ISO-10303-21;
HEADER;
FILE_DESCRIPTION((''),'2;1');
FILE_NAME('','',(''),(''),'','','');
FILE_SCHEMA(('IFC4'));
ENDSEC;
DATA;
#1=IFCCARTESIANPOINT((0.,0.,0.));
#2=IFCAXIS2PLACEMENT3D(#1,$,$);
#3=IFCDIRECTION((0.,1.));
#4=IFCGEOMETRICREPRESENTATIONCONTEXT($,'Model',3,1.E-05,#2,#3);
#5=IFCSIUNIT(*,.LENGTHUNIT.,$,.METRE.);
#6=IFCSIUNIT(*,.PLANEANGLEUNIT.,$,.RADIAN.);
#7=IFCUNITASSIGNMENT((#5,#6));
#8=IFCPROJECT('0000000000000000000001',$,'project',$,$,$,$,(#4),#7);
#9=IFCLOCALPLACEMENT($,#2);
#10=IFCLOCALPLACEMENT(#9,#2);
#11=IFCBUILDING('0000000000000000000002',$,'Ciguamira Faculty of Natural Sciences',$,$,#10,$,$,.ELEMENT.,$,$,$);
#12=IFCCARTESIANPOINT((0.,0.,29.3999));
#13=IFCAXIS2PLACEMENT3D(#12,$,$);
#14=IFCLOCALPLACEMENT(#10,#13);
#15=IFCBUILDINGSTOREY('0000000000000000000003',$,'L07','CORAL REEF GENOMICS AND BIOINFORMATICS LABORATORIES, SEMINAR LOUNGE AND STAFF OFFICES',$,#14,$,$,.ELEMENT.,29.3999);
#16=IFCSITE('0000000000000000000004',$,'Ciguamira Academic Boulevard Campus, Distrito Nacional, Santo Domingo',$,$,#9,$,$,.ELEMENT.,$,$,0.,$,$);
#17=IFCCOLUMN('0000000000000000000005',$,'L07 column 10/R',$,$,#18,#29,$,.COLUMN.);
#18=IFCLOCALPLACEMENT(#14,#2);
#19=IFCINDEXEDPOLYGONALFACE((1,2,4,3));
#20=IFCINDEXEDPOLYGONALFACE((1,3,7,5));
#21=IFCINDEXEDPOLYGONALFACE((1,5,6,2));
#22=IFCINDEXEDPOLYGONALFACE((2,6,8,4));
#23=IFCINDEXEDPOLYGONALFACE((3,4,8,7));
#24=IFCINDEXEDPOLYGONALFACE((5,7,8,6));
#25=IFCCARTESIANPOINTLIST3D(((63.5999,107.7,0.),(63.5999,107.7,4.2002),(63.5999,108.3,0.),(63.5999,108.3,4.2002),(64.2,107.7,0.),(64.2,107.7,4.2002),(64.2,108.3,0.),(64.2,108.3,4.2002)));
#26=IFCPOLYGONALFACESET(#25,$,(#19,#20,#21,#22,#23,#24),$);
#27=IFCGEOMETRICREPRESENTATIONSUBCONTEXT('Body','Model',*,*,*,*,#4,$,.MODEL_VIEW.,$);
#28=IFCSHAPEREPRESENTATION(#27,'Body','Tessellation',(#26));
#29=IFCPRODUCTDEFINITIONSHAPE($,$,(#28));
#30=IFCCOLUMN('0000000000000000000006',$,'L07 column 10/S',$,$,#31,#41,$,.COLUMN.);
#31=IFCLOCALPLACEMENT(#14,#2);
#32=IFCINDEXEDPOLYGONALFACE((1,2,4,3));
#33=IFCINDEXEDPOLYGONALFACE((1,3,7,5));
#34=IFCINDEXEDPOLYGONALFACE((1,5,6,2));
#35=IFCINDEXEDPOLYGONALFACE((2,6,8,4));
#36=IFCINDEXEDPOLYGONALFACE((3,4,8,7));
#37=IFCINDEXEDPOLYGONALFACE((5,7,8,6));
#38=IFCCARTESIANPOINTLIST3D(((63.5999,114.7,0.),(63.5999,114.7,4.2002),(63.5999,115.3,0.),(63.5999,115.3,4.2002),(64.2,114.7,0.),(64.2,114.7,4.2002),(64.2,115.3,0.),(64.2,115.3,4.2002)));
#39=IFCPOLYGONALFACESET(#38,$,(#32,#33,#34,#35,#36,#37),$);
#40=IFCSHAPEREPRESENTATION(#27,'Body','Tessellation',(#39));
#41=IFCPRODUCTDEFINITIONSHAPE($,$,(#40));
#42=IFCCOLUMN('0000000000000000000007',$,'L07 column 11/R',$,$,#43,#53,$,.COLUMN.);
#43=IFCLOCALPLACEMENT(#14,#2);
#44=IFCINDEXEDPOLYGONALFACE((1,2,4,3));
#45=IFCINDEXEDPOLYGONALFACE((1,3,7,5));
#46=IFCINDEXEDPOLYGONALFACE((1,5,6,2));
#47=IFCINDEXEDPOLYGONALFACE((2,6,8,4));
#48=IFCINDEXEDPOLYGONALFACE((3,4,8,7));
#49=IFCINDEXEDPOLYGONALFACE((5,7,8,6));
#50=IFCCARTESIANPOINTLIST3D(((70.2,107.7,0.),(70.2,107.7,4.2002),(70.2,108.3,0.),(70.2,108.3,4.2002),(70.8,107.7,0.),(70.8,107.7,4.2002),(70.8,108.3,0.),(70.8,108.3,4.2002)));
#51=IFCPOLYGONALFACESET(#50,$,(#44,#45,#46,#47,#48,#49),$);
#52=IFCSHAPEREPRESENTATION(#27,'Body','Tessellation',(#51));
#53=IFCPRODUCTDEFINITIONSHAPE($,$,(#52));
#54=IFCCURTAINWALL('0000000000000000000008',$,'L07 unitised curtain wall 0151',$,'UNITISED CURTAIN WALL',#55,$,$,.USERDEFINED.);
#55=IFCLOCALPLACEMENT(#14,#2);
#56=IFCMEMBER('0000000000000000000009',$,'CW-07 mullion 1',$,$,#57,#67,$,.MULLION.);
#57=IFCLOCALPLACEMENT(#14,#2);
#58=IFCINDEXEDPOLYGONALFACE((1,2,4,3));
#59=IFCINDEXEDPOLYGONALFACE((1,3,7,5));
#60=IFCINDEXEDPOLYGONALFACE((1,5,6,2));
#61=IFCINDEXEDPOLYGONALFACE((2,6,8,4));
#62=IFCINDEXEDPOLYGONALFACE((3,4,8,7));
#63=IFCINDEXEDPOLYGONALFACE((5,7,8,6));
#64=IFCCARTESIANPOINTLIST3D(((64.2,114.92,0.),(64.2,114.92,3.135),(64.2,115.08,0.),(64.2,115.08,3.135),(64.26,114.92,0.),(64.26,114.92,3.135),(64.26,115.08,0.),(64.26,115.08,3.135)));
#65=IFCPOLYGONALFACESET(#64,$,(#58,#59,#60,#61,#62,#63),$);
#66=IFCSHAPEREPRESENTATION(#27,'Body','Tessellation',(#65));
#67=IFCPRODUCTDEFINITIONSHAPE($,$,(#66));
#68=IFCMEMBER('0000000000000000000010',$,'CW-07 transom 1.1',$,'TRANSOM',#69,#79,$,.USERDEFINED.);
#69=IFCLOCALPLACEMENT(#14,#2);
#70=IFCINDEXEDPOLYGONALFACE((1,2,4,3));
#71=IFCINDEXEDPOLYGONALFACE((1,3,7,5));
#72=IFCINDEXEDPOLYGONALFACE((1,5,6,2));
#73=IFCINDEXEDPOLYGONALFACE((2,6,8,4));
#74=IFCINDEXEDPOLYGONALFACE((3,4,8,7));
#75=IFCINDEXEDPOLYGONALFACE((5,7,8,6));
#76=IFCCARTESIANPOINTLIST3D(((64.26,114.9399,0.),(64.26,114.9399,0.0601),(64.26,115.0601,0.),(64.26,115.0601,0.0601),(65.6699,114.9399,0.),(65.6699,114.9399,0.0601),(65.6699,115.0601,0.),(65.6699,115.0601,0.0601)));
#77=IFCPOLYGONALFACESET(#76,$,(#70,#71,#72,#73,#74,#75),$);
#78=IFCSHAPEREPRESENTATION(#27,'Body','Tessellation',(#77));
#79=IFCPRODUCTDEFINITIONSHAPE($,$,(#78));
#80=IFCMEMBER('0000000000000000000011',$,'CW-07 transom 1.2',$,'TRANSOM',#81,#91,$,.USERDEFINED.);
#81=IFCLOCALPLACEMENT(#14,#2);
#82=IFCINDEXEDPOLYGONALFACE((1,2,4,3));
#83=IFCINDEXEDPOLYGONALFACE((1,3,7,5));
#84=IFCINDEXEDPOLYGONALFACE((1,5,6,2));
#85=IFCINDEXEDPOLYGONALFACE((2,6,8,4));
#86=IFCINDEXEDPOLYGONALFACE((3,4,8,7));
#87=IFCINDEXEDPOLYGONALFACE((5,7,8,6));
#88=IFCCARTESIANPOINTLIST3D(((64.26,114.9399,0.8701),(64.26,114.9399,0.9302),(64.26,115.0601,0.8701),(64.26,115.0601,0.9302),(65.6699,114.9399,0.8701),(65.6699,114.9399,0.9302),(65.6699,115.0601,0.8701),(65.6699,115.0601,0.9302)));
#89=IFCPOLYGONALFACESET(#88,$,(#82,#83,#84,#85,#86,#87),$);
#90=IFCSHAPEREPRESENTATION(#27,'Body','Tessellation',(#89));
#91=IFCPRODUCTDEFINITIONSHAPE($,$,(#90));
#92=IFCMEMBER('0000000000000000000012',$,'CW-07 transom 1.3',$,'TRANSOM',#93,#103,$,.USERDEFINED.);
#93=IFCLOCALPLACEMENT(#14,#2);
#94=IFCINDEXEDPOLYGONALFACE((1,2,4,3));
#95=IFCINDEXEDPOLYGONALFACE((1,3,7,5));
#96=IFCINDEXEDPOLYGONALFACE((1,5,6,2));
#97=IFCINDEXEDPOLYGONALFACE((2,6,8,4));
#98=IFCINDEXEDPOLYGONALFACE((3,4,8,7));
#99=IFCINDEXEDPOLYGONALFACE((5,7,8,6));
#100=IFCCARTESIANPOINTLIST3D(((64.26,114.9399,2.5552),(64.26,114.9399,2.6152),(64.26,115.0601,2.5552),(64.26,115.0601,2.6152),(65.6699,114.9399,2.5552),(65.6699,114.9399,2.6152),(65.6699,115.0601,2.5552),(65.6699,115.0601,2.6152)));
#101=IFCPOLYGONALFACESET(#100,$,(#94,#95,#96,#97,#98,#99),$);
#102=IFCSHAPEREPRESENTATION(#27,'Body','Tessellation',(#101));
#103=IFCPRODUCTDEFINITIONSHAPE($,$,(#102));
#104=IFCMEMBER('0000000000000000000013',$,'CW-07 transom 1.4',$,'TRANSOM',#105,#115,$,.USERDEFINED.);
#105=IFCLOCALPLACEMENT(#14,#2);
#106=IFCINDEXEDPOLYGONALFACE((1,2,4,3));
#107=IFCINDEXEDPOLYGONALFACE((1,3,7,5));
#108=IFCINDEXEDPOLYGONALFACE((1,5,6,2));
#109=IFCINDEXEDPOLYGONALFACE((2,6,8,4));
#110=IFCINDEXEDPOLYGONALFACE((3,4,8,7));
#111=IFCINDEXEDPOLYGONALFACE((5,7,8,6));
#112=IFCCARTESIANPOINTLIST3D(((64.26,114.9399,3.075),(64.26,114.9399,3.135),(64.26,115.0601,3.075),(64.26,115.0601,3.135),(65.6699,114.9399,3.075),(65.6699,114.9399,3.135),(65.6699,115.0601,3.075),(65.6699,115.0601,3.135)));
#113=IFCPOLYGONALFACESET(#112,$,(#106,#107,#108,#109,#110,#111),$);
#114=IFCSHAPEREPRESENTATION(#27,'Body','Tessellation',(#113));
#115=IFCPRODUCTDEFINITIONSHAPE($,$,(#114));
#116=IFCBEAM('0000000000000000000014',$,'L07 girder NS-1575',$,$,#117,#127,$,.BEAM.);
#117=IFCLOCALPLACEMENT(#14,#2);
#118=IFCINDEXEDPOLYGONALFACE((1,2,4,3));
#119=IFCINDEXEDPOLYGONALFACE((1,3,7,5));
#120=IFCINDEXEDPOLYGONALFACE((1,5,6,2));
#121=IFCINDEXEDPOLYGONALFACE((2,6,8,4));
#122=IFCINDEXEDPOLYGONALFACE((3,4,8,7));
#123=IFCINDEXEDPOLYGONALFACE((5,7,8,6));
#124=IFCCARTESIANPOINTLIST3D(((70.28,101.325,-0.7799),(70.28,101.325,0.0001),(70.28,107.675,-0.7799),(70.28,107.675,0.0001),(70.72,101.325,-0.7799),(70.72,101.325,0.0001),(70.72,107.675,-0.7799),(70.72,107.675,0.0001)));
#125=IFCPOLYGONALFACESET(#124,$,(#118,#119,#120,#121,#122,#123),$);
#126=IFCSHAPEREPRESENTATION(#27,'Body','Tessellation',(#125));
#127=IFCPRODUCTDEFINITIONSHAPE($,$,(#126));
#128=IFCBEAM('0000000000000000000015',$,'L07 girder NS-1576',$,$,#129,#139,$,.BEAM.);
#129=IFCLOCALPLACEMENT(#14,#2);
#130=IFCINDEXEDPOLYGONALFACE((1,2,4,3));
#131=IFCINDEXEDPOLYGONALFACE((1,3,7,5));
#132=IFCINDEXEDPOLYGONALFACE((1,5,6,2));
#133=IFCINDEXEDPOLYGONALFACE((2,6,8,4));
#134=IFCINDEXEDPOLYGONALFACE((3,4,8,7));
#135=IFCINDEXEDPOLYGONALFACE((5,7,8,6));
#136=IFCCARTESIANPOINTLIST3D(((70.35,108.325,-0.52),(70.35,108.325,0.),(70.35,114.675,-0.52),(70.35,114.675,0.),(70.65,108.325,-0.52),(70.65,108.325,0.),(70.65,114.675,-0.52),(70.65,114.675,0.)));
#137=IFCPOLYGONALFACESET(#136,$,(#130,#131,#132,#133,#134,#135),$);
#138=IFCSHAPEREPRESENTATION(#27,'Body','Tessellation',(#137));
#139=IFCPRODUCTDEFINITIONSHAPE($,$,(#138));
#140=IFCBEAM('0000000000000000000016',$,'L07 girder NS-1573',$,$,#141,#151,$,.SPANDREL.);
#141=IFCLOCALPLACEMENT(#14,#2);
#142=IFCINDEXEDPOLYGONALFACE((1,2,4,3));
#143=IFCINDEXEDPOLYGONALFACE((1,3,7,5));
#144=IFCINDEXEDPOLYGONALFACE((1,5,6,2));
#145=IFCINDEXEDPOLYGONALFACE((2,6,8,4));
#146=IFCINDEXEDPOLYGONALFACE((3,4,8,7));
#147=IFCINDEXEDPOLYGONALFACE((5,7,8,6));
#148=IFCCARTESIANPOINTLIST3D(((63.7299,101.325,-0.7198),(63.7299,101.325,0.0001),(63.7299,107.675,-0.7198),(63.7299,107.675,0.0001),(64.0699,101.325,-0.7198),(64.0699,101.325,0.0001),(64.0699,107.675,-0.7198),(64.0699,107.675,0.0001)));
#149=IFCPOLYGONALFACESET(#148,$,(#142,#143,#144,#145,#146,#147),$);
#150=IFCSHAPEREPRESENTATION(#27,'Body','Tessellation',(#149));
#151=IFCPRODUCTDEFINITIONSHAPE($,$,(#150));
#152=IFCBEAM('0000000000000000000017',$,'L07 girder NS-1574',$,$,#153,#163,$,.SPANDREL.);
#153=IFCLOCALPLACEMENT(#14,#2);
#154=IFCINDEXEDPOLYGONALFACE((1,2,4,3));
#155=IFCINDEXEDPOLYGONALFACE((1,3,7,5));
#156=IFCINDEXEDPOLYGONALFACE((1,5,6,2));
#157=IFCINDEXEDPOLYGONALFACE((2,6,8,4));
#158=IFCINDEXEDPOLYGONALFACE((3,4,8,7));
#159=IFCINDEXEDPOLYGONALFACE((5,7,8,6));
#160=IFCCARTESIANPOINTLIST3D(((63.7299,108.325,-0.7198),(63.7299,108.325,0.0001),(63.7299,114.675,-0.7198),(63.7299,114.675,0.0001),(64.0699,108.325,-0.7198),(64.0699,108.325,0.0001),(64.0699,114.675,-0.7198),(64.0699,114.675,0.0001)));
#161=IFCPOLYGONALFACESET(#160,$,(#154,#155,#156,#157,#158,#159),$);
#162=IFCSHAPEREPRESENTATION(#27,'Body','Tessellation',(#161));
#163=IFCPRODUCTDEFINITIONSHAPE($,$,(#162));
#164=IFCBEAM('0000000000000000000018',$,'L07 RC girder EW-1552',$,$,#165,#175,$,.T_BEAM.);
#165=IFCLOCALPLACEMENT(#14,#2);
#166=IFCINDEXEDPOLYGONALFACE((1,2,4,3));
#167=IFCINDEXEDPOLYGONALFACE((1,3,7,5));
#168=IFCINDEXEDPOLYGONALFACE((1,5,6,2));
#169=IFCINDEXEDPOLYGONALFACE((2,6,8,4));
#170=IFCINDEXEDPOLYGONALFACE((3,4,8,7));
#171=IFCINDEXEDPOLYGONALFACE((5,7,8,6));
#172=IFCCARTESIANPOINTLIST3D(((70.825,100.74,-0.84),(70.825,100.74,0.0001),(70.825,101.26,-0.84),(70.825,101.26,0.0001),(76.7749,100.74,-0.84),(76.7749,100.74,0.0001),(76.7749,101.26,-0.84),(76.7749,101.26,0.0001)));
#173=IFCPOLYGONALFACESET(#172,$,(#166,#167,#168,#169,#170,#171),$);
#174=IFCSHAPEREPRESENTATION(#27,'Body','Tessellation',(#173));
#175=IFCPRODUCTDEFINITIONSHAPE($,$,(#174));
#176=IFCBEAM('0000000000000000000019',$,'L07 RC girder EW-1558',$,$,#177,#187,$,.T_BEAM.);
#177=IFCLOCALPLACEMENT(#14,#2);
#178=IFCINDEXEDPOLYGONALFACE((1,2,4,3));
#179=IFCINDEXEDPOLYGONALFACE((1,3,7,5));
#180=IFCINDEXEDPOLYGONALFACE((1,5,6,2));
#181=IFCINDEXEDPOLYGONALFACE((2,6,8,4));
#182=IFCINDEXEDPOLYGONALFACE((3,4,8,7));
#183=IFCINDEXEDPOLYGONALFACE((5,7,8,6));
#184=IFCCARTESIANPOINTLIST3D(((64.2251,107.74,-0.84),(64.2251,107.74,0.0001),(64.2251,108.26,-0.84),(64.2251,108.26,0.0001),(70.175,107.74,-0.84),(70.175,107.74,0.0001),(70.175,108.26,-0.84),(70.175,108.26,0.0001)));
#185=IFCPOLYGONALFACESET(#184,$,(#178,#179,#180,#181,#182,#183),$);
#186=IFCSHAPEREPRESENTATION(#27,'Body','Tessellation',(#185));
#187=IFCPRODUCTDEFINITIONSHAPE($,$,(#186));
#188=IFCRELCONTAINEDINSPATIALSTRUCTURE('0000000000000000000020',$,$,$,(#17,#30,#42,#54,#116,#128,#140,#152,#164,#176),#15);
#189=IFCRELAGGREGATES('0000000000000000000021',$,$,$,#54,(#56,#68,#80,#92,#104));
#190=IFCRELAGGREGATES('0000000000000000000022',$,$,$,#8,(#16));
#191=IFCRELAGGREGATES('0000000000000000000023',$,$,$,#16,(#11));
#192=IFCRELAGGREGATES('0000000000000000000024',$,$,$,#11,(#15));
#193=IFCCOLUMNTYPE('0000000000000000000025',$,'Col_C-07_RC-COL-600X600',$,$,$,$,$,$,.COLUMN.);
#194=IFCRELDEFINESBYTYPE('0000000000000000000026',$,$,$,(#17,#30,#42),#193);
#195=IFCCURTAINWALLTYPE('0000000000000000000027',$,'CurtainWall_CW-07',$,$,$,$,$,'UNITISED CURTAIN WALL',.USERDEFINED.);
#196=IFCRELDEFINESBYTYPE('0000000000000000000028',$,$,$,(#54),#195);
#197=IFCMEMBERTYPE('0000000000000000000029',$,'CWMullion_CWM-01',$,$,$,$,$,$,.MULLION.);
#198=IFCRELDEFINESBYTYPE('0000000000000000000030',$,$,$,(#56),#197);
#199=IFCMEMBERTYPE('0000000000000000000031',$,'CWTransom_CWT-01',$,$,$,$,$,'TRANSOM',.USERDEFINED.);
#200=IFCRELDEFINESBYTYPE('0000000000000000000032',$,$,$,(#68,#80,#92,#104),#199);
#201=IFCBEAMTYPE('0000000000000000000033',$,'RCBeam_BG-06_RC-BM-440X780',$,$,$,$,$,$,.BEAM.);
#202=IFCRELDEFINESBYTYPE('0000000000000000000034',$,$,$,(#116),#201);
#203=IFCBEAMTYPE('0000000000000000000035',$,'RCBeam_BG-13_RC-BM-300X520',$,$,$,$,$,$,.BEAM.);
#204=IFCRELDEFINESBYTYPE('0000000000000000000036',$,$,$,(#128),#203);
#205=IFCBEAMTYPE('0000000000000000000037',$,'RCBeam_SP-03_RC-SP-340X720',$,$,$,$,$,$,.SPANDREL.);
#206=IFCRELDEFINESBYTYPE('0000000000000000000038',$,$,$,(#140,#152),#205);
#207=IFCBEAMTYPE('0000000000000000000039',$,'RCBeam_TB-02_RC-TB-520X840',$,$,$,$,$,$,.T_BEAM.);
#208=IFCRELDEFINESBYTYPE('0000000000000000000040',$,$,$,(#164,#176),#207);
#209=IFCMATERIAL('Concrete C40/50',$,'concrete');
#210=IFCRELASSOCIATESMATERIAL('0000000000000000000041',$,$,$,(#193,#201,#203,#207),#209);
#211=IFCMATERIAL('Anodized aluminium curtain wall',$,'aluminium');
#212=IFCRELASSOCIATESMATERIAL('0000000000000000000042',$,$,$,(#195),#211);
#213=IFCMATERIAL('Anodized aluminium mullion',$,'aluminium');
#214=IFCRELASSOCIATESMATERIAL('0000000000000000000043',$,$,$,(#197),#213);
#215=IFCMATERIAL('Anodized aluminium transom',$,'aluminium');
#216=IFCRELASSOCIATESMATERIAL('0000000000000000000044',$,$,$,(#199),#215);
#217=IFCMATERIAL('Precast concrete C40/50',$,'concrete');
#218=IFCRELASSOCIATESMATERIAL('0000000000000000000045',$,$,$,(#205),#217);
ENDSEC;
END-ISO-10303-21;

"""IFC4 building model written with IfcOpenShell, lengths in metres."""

from ifc_helpers import new_model, si_unit, direction, frame, origin, origin_2d, place, context, subcontext, project, spatial, rectangle, extrude, material, material_profile, profile_set, type_object, element, aggregate, save


model = new_model("IFC4")

# Units and contexts
model_context = context("Model", 3, precision=1e-05, world=origin(), true_north=direction((0.0, 1.0)))
body_context = subcontext(model_context, "Body", "Model", "MODEL_VIEW")
ifc_project = project(units=[si_unit("LENGTHUNIT", "METRE"), si_unit("PLANEANGLEUNIT", "RADIAN")], contexts=[model_context])

# Site, building, storey
site_placement = place(None, origin())
site = spatial("IfcSite", under=ifc_project, at=site_placement, Name="Ciguamira Academic Boulevard Campus, Distrito Nacional, Santo Domingo", CompositionType="ELEMENT", RefElevation=0.0)
building_placement = place(site_placement, origin())
building = spatial("IfcBuilding", under=site, at=building_placement, Name="Ciguamira Faculty of Natural Sciences", CompositionType="ELEMENT")
storey_placement = place(building_placement, frame((0.0, 0.0, 29.3999)))
storey = spatial("IfcBuildingStorey", under=building, at=storey_placement, Name="L07", Description="CORAL REEF GENOMICS AND BIOINFORMATICS LABORATORIES, SEMINAR LOUNGE AND STAFF OFFICES", CompositionType="ELEMENT", Elevation=29.3999)

# Columns
ifc_material_1 = material(Name="Concrete C40/50", Category="concrete")
ifc_material_profile_1 = material_profile(ifc_material_1, rectangle(XDim=0.6001, YDim=0.6001, at=origin_2d()), Name="RC-COL-600X600")
ifc_profile_set_1 = profile_set([ifc_material_profile_1], Name="Concrete C40/50")
column_type = type_object("IfcColumnType", Name="Col_C-07_RC-COL-600X600", PredefinedType="COLUMN", material=ifc_profile_set_1)
for number, where, z_axis, x_axis, name in (
    (1, (63.8999, 108.0, 0.0), (0.0, 0.0, 1.0), (1.0, 0.0, 0.0), "L07 column 10/R"),
    (2, (63.8999, 115.0, 0.0), (0.0, 0.0, 1.0), (1.0, 0.0, 0.0), "L07 column 10/S"),
    (3, (70.5, 108.0, 0.0), (0.0, 0.0, 1.0), (1.0, 0.0, 0.0), "L07 column 11/R"),
):
    element("IfcColumn", number, at=place(storey_placement, frame(where, z_axis=z_axis, x_axis=x_axis)), inside=storey, type_object=column_type, Name=name, PredefinedType="COLUMN", context=body_context, shape_type="SweptSolid", body=[
        extrude(rectangle(XDim=0.6001, YDim=0.6001, at=origin_2d()), origin(), (0.0, 0.0, 1.0), 4.2002),
    ])

# Curtain wall, members
ifc_material_2 = material(Name="Anodized aluminium curtain wall", Category="aluminium")
curtain_wall_type = type_object("IfcCurtainWallType", Name="CurtainWall_CW-07", ElementType="UNITISED CURTAIN WALL", PredefinedType="USERDEFINED", material=ifc_material_2)
curtain_wall_placement = place(storey_placement, origin())
curtain_wall = element("IfcCurtainWall", 4, at=curtain_wall_placement, inside=storey, type_object=curtain_wall_type, Name="L07 unitised curtain wall 0151", ObjectType="UNITISED CURTAIN WALL", PredefinedType="USERDEFINED")
ifc_material_3 = material(Name="Anodized aluminium mullion", Category="aluminium")
ifc_material_profile_2 = material_profile(ifc_material_3, rectangle(XDim=0.0601, YDim=0.1599, at=origin_2d()), Name="ALU-MUL-60X160")
ifc_profile_set_2 = profile_set([ifc_material_profile_2], Name="Anodized aluminium mullion")
member_type_1 = type_object("IfcMemberType", Name="CWMullion_CWM-01", PredefinedType="MULLION", material=ifc_profile_set_2)
member_1_placement = place(storey_placement, frame((64.23, 115.0, 0.0), z_axis=(0.0, 0.0, 1.0), x_axis=(1.0, 0.0, 0.0)))
member_1 = element("IfcMember", 5, at=member_1_placement, type_object=member_type_1, Name="CW-07 mullion 1", PredefinedType="MULLION", context=body_context, shape_type="SweptSolid", body=[
    extrude(rectangle(XDim=0.0601, YDim=0.1599, at=origin_2d()), origin(), (0.0, 0.0, 1.0), 3.135),
])
ifc_material_4 = material(Name="Anodized aluminium transom", Category="aluminium")
ifc_material_profile_3 = material_profile(ifc_material_4, rectangle(XDim=0.0601, YDim=0.1201, at=origin_2d()), Name="ALU-TRN-60X120")
ifc_profile_set_3 = profile_set([ifc_material_profile_3], Name="Anodized aluminium transom")
member_type_2 = type_object("IfcMemberType", Name="CWTransom_CWT-01", ElementType="TRANSOM", PredefinedType="USERDEFINED", material=ifc_profile_set_3)
member_2_placement = place(storey_placement, frame((64.26, 115.0, 0.03), z_axis=(1.0, 0.0, 0.0), x_axis=(0.0, 0.0, 1.0)))
member_2 = element("IfcMember", 6, at=member_2_placement, type_object=member_type_2, Name="CW-07 transom 1.1", ObjectType="TRANSOM", PredefinedType="USERDEFINED", context=body_context, shape_type="SweptSolid", body=[
    extrude(rectangle(XDim=0.0601, YDim=0.1201, at=origin_2d()), origin(), (0.0, 0.0, 1.0), 1.4099),
])
member_3_placement = place(storey_placement, frame((64.26, 115.0, 0.9001), z_axis=(1.0, 0.0, 0.0), x_axis=(0.0, 0.0, 1.0)))
member_3 = element("IfcMember", 7, at=member_3_placement, type_object=member_type_2, Name="CW-07 transom 1.2", ObjectType="TRANSOM", PredefinedType="USERDEFINED", context=body_context, shape_type="SweptSolid", body=[
    extrude(rectangle(XDim=0.0601, YDim=0.1201, at=origin_2d()), origin(), (0.0, 0.0, 1.0), 1.4099),
])
member_4_placement = place(storey_placement, frame((64.26, 115.0, 2.5852), z_axis=(1.0, 0.0, 0.0), x_axis=(0.0, 0.0, 1.0)))
member_4 = element("IfcMember", 8, at=member_4_placement, type_object=member_type_2, Name="CW-07 transom 1.3", ObjectType="TRANSOM", PredefinedType="USERDEFINED", context=body_context, shape_type="SweptSolid", body=[
    extrude(rectangle(XDim=0.0601, YDim=0.1201, at=origin_2d()), origin(), (0.0, 0.0, 1.0), 1.4099),
])
member_5_placement = place(storey_placement, frame((64.26, 115.0, 3.105), z_axis=(1.0, 0.0, 0.0), x_axis=(0.0, 0.0, 1.0)))
member_5 = element("IfcMember", 9, at=member_5_placement, type_object=member_type_2, Name="CW-07 transom 1.4", ObjectType="TRANSOM", PredefinedType="USERDEFINED", context=body_context, shape_type="SweptSolid", body=[
    extrude(rectangle(XDim=0.0601, YDim=0.1201, at=origin_2d()), origin(), (0.0, 0.0, 1.0), 1.4099),
])

# Beams
ifc_material_profile_4 = material_profile(ifc_material_1, rectangle(XDim=0.4399, YDim=0.78, at=origin_2d()), Name="RC-BM-440X780")
ifc_profile_set_4 = profile_set([ifc_material_profile_4], Name="Concrete C40/50")
beam_type_1 = type_object("IfcBeamType", Name="RCBeam_BG-06_RC-BM-440X780", PredefinedType="BEAM", material=ifc_profile_set_4)
beam_1_placement = place(storey_placement, frame((70.5, 101.325, -0.3899), z_axis=(0.0, 1.0, 0.0), x_axis=(-1.0, 0.0, 0.0)))
element("IfcBeam", 10, at=beam_1_placement, inside=storey, type_object=beam_type_1, Name="L07 girder NS-1575", PredefinedType="BEAM", context=body_context, shape_type="SweptSolid", body=[
    extrude(rectangle(XDim=0.4399, YDim=0.78, at=origin_2d()), origin(), (0.0, 0.0, 1.0), 6.3501),
])
ifc_material_profile_5 = material_profile(ifc_material_1, rectangle(XDim=0.3, YDim=0.52, at=origin_2d()), Name="RC-BM-300X520")
ifc_profile_set_5 = profile_set([ifc_material_profile_5], Name="Concrete C40/50")
beam_type_2 = type_object("IfcBeamType", Name="RCBeam_BG-13_RC-BM-300X520", PredefinedType="BEAM", material=ifc_profile_set_5)
beam_2_placement = place(storey_placement, frame((70.5, 108.325, -0.26), z_axis=(0.0, 1.0, 0.0), x_axis=(-1.0, 0.0, 0.0)))
element("IfcBeam", 11, at=beam_2_placement, inside=storey, type_object=beam_type_2, Name="L07 girder NS-1576", PredefinedType="BEAM", context=body_context, shape_type="SweptSolid", body=[
    extrude(rectangle(XDim=0.3, YDim=0.52, at=origin_2d()), origin(), (0.0, 0.0, 1.0), 6.3501),
])
ifc_material_5 = material(Name="Precast concrete C40/50", Category="concrete")
ifc_material_profile_6 = material_profile(ifc_material_5, rectangle(XDim=0.3401, YDim=0.72, at=origin_2d()), Name="RC-SP-340X720")
ifc_profile_set_6 = profile_set([ifc_material_profile_6], Name="Precast concrete C40/50")
beam_type_3 = type_object("IfcBeamType", Name="RCBeam_SP-03_RC-SP-340X720", PredefinedType="SPANDREL", material=ifc_profile_set_6)
for number, where, z_axis, x_axis, name in (
    (12, (63.8999, 101.325, -0.3599), (0.0, 1.0, 0.0), (-1.0, 0.0, 0.0), "L07 girder NS-1573"),
    (13, (63.8999, 108.325, -0.3599), (0.0, 1.0, 0.0), (-1.0, 0.0, 0.0), "L07 girder NS-1574"),
):
    element("IfcBeam", number, at=place(storey_placement, frame(where, z_axis=z_axis, x_axis=x_axis)), inside=storey, type_object=beam_type_3, Name=name, PredefinedType="SPANDREL", context=body_context, shape_type="SweptSolid", body=[
        extrude(rectangle(XDim=0.3401, YDim=0.72, at=origin_2d()), origin(), (0.0, 0.0, 1.0), 6.3501),
    ])
ifc_material_profile_7 = material_profile(ifc_material_1, rectangle(XDim=0.52, YDim=0.8401, at=origin_2d()), Name="RC-TB-520X840")
ifc_profile_set_7 = profile_set([ifc_material_profile_7], Name="Concrete C40/50")
beam_type_4 = type_object("IfcBeamType", Name="RCBeam_TB-02_RC-TB-520X840", PredefinedType="T_BEAM", material=ifc_profile_set_7)
for number, where, z_axis, x_axis, name in (
    (14, (70.825, 101.0, -0.4199), (1.0, 0.0, 0.0), (0.0, 1.0, 0.0), "L07 RC girder EW-1552"),
    (15, (64.2251, 108.0, -0.4199), (1.0, 0.0, 0.0), (0.0, 1.0, 0.0), "L07 RC girder EW-1558"),
):
    element("IfcBeam", number, at=place(storey_placement, frame(where, z_axis=z_axis, x_axis=x_axis)), inside=storey, type_object=beam_type_4, Name=name, PredefinedType="T_BEAM", context=body_context, shape_type="SweptSolid", body=[
        extrude(rectangle(XDim=0.52, YDim=0.8401, at=origin_2d()), origin(), (0.0, 0.0, 1.0), 5.95),
    ])

aggregate(curtain_wall, [member_1, member_2, member_3, member_4, member_5])

save(model, "model.ifc")
